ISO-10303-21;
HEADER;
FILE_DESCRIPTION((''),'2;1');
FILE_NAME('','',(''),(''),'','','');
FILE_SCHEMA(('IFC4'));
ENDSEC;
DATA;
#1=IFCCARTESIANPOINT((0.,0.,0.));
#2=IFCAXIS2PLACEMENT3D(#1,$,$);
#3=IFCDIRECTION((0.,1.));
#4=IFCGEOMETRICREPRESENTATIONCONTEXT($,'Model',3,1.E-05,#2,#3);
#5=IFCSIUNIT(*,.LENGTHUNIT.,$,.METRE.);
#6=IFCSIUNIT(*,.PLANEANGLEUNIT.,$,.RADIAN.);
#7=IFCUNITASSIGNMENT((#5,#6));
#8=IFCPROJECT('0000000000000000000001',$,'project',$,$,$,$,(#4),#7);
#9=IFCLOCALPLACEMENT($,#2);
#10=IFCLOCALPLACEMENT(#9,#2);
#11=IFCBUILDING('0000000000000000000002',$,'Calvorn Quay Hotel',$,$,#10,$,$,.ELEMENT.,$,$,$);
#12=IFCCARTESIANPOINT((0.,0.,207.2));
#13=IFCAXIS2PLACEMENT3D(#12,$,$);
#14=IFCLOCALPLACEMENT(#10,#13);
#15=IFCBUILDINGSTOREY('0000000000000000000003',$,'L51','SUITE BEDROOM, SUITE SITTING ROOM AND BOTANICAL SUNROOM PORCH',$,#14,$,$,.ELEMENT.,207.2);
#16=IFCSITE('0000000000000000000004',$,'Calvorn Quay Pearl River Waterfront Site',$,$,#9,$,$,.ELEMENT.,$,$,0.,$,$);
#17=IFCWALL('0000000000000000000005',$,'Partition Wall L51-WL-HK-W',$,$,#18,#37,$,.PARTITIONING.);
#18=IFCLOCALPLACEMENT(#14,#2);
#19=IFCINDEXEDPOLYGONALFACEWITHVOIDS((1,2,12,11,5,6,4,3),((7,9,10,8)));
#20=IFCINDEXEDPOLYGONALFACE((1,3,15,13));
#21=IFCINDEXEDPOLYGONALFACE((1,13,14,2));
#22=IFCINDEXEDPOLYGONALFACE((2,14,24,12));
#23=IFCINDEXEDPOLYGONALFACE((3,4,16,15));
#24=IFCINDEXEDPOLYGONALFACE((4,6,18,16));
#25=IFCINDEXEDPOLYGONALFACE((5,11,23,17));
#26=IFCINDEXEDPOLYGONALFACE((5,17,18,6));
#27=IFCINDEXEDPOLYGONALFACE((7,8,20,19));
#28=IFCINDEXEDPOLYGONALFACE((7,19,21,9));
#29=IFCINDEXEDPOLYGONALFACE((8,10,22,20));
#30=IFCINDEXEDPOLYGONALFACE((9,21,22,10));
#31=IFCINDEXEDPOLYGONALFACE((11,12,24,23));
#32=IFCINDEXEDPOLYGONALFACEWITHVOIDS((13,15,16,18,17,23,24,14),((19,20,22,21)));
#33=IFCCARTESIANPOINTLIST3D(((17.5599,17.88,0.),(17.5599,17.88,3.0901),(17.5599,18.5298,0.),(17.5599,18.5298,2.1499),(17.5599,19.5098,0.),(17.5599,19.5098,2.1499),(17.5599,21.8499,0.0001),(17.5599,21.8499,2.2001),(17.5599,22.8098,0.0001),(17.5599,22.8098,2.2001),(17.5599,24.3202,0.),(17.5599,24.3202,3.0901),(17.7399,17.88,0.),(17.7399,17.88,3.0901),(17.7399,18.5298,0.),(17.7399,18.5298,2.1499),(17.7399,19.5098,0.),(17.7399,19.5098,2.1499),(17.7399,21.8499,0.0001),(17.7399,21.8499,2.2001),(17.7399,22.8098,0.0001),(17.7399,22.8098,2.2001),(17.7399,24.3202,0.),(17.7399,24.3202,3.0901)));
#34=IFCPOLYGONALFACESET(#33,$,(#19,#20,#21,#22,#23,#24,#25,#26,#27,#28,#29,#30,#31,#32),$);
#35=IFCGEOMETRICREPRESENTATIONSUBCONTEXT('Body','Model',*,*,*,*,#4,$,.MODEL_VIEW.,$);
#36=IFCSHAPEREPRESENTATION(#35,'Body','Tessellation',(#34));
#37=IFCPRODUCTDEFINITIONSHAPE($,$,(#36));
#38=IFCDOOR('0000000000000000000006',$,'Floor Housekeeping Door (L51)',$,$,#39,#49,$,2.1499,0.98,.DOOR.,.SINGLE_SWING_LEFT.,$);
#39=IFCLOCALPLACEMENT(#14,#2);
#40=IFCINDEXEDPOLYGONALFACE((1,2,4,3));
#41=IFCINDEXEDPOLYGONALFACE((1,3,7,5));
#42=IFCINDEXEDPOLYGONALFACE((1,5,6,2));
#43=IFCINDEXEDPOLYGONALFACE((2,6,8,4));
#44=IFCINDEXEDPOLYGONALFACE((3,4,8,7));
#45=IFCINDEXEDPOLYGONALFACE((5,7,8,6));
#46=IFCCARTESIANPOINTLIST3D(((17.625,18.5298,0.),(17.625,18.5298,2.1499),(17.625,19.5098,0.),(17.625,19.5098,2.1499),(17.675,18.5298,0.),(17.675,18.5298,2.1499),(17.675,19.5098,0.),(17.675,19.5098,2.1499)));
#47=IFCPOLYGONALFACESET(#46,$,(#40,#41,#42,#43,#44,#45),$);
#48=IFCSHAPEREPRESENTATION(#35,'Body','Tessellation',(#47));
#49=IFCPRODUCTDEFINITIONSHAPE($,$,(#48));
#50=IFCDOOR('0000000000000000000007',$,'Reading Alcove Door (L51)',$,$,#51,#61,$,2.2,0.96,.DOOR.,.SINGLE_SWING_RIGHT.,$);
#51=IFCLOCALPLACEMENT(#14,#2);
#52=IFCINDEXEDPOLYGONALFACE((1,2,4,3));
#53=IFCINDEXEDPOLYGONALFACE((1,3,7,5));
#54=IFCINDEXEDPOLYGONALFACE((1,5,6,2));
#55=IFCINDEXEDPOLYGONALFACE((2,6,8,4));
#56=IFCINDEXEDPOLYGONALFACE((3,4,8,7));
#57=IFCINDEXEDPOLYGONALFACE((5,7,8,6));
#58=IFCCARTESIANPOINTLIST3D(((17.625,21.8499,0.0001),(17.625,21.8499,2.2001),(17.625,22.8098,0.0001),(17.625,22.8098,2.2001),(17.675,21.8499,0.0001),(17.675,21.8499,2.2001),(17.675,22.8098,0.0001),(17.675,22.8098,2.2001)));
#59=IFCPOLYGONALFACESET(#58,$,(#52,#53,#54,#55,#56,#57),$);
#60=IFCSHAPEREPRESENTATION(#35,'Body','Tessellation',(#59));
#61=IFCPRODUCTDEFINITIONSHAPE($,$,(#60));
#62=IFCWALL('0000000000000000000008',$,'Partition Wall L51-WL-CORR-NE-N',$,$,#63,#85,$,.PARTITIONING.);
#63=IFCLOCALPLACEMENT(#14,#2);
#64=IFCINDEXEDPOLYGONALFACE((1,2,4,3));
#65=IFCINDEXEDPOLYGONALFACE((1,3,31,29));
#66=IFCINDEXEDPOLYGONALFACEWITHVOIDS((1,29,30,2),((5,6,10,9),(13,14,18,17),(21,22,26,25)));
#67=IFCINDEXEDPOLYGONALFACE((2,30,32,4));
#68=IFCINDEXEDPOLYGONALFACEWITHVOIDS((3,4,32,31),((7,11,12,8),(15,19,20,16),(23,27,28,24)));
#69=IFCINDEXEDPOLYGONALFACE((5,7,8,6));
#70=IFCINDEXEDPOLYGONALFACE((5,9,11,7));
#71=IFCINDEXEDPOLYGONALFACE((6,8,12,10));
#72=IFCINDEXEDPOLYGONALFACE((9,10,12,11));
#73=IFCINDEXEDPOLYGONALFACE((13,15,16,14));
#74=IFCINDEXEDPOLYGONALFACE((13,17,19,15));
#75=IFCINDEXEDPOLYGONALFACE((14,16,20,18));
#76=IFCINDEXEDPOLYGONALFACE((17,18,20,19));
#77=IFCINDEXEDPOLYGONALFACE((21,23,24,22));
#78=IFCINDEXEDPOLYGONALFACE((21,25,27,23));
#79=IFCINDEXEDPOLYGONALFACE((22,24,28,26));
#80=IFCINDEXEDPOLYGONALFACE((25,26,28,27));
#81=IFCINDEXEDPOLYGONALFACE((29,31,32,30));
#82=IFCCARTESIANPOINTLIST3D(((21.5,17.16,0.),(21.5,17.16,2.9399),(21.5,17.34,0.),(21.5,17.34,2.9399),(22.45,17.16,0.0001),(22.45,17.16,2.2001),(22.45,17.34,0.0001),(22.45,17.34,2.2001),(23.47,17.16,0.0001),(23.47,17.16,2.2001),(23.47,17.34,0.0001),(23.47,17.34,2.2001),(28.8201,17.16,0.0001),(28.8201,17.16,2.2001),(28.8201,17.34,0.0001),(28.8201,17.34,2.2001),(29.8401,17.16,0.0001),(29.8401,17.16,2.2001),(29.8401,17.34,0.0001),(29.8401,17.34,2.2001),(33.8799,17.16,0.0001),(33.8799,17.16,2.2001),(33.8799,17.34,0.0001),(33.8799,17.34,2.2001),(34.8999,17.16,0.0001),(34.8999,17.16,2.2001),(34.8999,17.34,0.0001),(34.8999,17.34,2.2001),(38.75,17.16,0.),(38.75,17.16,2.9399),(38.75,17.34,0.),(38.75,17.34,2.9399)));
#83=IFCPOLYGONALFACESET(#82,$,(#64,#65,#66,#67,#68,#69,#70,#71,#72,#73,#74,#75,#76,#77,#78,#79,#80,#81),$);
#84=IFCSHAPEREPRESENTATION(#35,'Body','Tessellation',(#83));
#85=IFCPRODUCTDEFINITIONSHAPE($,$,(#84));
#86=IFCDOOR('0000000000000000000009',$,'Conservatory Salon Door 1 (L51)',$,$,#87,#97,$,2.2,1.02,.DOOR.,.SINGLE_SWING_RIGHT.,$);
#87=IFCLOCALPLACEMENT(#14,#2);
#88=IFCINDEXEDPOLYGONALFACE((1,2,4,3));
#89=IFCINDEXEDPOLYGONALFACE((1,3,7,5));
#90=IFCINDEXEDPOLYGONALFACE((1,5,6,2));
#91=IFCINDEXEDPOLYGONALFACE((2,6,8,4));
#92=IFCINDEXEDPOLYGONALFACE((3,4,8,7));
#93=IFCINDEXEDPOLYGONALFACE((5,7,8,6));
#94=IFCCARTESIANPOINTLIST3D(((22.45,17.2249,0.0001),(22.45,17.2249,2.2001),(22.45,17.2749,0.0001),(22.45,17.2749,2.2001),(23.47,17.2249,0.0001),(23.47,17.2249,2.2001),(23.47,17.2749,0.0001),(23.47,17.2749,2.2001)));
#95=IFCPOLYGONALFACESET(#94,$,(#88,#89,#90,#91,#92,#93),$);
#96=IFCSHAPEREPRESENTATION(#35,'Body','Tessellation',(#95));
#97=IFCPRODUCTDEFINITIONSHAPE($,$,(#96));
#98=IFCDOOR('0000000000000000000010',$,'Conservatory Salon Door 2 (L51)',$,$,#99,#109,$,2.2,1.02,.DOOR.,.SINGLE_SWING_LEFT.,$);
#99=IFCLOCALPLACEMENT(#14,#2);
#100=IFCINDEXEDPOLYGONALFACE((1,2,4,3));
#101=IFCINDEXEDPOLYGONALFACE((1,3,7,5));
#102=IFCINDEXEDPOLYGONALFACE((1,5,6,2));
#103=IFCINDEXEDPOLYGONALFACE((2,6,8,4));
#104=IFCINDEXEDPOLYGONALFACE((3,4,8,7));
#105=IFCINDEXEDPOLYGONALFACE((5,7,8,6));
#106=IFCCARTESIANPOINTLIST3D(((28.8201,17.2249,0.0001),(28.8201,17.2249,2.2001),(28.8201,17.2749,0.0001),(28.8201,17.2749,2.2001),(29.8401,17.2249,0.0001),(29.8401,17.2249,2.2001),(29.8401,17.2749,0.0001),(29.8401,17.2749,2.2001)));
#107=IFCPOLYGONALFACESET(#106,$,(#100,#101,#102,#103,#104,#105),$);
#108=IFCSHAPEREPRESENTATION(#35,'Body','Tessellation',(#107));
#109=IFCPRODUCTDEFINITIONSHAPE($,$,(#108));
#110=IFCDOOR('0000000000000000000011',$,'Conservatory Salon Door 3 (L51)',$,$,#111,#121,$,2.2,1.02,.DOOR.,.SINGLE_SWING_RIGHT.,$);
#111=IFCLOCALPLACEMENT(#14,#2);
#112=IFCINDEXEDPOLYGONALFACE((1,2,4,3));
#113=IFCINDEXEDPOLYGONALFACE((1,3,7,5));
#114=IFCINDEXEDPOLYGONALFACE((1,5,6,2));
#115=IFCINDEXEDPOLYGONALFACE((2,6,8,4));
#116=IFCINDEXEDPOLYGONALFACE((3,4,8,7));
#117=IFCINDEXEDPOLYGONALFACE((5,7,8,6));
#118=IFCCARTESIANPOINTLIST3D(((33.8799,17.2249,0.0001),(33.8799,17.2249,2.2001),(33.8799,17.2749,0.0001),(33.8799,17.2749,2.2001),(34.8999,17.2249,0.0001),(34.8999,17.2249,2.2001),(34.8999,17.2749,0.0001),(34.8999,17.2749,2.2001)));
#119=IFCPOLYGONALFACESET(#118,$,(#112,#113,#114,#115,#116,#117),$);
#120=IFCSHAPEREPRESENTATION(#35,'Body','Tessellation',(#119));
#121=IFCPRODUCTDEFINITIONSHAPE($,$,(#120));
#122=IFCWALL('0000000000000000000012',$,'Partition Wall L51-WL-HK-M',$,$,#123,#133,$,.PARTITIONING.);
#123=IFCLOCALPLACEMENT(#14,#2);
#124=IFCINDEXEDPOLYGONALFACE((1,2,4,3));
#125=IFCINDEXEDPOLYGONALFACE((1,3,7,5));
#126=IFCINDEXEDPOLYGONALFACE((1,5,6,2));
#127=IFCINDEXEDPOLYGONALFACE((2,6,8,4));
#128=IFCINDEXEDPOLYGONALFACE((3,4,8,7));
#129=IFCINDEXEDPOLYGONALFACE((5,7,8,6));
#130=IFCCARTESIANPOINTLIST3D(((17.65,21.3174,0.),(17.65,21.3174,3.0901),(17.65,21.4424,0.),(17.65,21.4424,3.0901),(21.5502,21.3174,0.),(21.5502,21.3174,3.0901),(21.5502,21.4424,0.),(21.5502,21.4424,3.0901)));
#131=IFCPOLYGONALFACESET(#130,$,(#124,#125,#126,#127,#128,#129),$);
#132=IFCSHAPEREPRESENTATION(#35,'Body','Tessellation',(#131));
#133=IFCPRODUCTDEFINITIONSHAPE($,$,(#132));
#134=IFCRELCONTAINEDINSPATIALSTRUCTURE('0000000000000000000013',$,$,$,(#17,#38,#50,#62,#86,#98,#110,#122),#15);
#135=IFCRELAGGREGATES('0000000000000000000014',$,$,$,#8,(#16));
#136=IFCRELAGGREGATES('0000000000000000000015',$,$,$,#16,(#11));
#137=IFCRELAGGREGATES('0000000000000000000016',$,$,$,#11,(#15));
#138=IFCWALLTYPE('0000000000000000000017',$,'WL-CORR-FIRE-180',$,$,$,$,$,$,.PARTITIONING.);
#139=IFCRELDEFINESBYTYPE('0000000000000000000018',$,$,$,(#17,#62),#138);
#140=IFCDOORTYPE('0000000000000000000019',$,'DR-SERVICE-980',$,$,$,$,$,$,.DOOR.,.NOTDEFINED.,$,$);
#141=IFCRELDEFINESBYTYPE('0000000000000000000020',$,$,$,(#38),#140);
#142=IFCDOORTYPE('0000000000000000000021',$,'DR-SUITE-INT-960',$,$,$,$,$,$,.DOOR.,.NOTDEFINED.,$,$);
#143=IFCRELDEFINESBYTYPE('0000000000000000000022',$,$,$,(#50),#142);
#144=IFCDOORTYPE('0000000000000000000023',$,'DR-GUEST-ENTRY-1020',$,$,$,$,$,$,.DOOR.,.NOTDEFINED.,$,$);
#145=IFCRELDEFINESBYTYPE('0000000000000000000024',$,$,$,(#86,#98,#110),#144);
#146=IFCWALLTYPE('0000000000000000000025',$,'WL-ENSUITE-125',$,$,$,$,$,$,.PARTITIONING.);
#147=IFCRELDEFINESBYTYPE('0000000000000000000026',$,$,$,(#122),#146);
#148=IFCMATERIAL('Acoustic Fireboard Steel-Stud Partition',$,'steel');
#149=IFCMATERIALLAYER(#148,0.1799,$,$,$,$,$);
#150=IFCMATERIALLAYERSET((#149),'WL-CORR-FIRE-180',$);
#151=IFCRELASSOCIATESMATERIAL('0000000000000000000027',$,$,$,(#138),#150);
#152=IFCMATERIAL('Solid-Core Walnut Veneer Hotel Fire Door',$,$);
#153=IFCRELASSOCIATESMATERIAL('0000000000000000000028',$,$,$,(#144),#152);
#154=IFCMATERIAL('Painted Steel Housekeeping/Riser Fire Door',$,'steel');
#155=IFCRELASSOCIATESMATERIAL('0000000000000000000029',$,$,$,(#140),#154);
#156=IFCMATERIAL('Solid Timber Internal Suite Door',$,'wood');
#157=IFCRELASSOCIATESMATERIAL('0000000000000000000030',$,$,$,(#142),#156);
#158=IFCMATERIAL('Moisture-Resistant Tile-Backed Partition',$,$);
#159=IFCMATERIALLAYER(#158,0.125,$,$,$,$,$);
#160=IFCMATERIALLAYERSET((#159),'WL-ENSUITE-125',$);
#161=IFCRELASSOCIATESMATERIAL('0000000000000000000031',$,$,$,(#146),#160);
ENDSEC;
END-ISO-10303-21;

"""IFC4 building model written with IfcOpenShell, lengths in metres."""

from ifc_helpers import new_model, si_unit, direction, frame, frame_2d, origin, place, context, subcontext, project, spatial, rectangle, extrude, material, layer, layer_set, type_object, element, fill, save


model = new_model("IFC4")

# Units and contexts
model_context = context("Model", 3, precision=1e-05, world=origin(), true_north=direction((0.0, 1.0)))
body_context = subcontext(model_context, "Body", "Model", "MODEL_VIEW")
ifc_project = project(units=[si_unit("LENGTHUNIT", "METRE"), si_unit("PLANEANGLEUNIT", "RADIAN")], contexts=[model_context])

# Site, building, storey
site_placement = place(None, origin())
site = spatial("IfcSite", under=ifc_project, at=site_placement, Name="Calvorn Quay Pearl River Waterfront Site", CompositionType="ELEMENT", RefElevation=0.0)
building_placement = place(site_placement, origin())
building = spatial("IfcBuilding", under=site, at=building_placement, Name="Calvorn Quay Hotel", CompositionType="ELEMENT")
storey_placement = place(building_placement, frame((0.0, 0.0, 207.2)))
storey = spatial("IfcBuildingStorey", under=building, at=storey_placement, Name="L51", Description="SUITE BEDROOM, SUITE SITTING ROOM AND BOTANICAL SUNROOM PORCH", CompositionType="ELEMENT", Elevation=207.2)

# Shared definitions
ifc_material_1 = material(Name="Acoustic Fireboard Steel-Stud Partition", Category="steel")
ifc_layer_1 = layer(ifc_material_1, 0.1799)
ifc_layer_set_1 = layer_set([ifc_layer_1], Name="WL-CORR-FIRE-180")
wall_type_1 = type_object("IfcWallType", Name="WL-CORR-FIRE-180", PredefinedType="PARTITIONING", material=ifc_layer_set_1)
ifc_material_2 = material(Name="Solid-Core Walnut Veneer Hotel Fire Door")
door_type_1 = type_object("IfcDoorType", Name="DR-GUEST-ENTRY-1020", OperationType="NOTDEFINED", PredefinedType="DOOR", material=ifc_material_2)

# Walls, openings, doors
wall_1_placement = place(storey_placement, frame((17.6499, 17.8799, 0.0), z_axis=(0.0, 0.0, 1.0), x_axis=(0.0, 1.0, 0.0)))
wall_1 = element("IfcWall", 1, at=wall_1_placement, inside=storey, type_object=wall_type_1, Name="Partition Wall L51-WL-HK-W", PredefinedType="PARTITIONING", context=body_context, shape_type="SweptSolid", body=[
    extrude(rectangle(XDim=6.4402, YDim=0.1799, at=frame_2d((3.2202, 0.0))), origin(), (0.0, 0.0, 1.0), 3.0901),
])
opening_1_placement = place(wall_1_placement, frame((0.6499, 0.0, 0.0)))
opening_1 = element("IfcOpeningElement", 2, at=opening_1_placement, cuts=wall_1, PredefinedType="OPENING", context=body_context, shape_type="SweptSolid", body=[
    extrude(rectangle(XDim=0.98, YDim=2.1499, at=frame_2d((0.49, 1.075))), frame((0.0, 0.0999, 0.0), z_axis=(0.0, -1.0, 0.0), x_axis=(1.0, 0.0, 0.0)), (0.0, 0.0, 1.0), 0.2),
])
opening_2_placement = place(wall_1_placement, frame((3.97, 0.0, 0.0)))
opening_2 = element("IfcOpeningElement", 3, at=opening_2_placement, cuts=wall_1, PredefinedType="OPENING", context=body_context, shape_type="SweptSolid", body=[
    extrude(rectangle(XDim=0.96, YDim=2.2, at=frame_2d((0.48, 1.1001))), frame((0.0, 0.0999, 0.0), z_axis=(0.0, -1.0, 0.0), x_axis=(1.0, 0.0, 0.0)), (0.0, 0.0, 1.0), 0.2),
])
ifc_material_3 = material(Name="Painted Steel Housekeeping/Riser Fire Door", Category="steel")
door_type_2 = type_object("IfcDoorType", Name="DR-SERVICE-980", OperationType="NOTDEFINED", PredefinedType="DOOR", material=ifc_material_3)
door_1_placement = place(opening_1_placement, origin())
door_1 = element("IfcDoor", 4, at=door_1_placement, inside=storey, type_object=door_type_2, Name="Floor Housekeeping Door (L51)", OperationType="SINGLE_SWING_LEFT", OverallHeight=2.1499, OverallWidth=0.98, PredefinedType="DOOR", context=body_context, shape_type="SweptSolid", body=[
    extrude(rectangle(XDim=0.98, YDim=2.1499, at=frame_2d((0.49, 1.075))), frame((0.0, 0.0249, 0.0), z_axis=(0.0, -1.0, 0.0), x_axis=(1.0, 0.0, 0.0)), (0.0, 0.0, 1.0), 0.05),
])
fill(opening_1, door_1)
ifc_material_4 = material(Name="Solid Timber Internal Suite Door", Category="wood")
door_type_3 = type_object("IfcDoorType", Name="DR-SUITE-INT-960", OperationType="NOTDEFINED", PredefinedType="DOOR", material=ifc_material_4)
door_2_placement = place(opening_2_placement, origin())
door_2 = element("IfcDoor", 5, at=door_2_placement, inside=storey, type_object=door_type_3, Name="Reading Alcove Door (L51)", OperationType="SINGLE_SWING_RIGHT", OverallHeight=2.2, OverallWidth=0.96, PredefinedType="DOOR", context=body_context, shape_type="SweptSolid", body=[
    extrude(rectangle(XDim=0.96, YDim=2.2, at=frame_2d((0.48, 1.1001))), frame((0.0, 0.0249, 0.0), z_axis=(0.0, -1.0, 0.0), x_axis=(1.0, 0.0, 0.0)), (0.0, 0.0, 1.0), 0.05),
])
fill(opening_2, door_2)
wall_2_placement = place(storey_placement, frame((21.5, 17.25, 0.0), z_axis=(0.0, 0.0, 1.0), x_axis=(1.0, 0.0, 0.0)))
wall_2 = element("IfcWall", 6, at=wall_2_placement, inside=storey, type_object=wall_type_1, Name="Partition Wall L51-WL-CORR-NE-N", PredefinedType="PARTITIONING", context=body_context, shape_type="SweptSolid", body=[
    extrude(rectangle(XDim=17.25, YDim=0.1799, at=frame_2d((8.625, 0.0))), origin(), (0.0, 0.0, 1.0), 2.9399),
])
opening_3_placement = place(wall_2_placement, frame((0.95, 0.0, 0.0)))
opening_3 = element("IfcOpeningElement", 7, at=opening_3_placement, cuts=wall_2, PredefinedType="OPENING", context=body_context, shape_type="SweptSolid", body=[
    extrude(rectangle(XDim=1.02, YDim=2.2, at=frame_2d((0.51, 1.1001))), frame((0.0, 0.0999, 0.0), z_axis=(0.0, -1.0, 0.0), x_axis=(1.0, 0.0, 0.0)), (0.0, 0.0, 1.0), 0.2),
])
opening_4_placement = place(wall_2_placement, frame((7.3201, 0.0, 0.0)))
opening_4 = element("IfcOpeningElement", 8, at=opening_4_placement, cuts=wall_2, PredefinedType="OPENING", context=body_context, shape_type="SweptSolid", body=[
    extrude(rectangle(XDim=1.02, YDim=2.2, at=frame_2d((0.51, 1.1001))), frame((0.0, 0.0999, 0.0), z_axis=(0.0, -1.0, 0.0), x_axis=(1.0, 0.0, 0.0)), (0.0, 0.0, 1.0), 0.2),
])
opening_5_placement = place(wall_2_placement, frame((12.3799, 0.0, 0.0)))
opening_5 = element("IfcOpeningElement", 9, at=opening_5_placement, cuts=wall_2, PredefinedType="OPENING", context=body_context, shape_type="SweptSolid", body=[
    extrude(rectangle(XDim=1.02, YDim=2.2, at=frame_2d((0.51, 1.1001))), frame((0.0, 0.0999, 0.0), z_axis=(0.0, -1.0, 0.0), x_axis=(1.0, 0.0, 0.0)), (0.0, 0.0, 1.0), 0.2),
])
door_3_placement = place(opening_3_placement, origin())
door_3 = element("IfcDoor", 10, at=door_3_placement, inside=storey, type_object=door_type_1, Name="Conservatory Salon Door 1 (L51)", OperationType="SINGLE_SWING_RIGHT", OverallHeight=2.2, OverallWidth=1.02, PredefinedType="DOOR", context=body_context, shape_type="SweptSolid", body=[
    extrude(rectangle(XDim=1.02, YDim=2.2, at=frame_2d((0.51, 1.1001))), frame((0.0, 0.0249, 0.0), z_axis=(0.0, -1.0, 0.0), x_axis=(1.0, 0.0, 0.0)), (0.0, 0.0, 1.0), 0.05),
])
fill(opening_3, door_3)
door_4_placement = place(opening_4_placement, origin())
door_4 = element("IfcDoor", 11, at=door_4_placement, inside=storey, type_object=door_type_1, Name="Conservatory Salon Door 2 (L51)", OperationType="SINGLE_SWING_LEFT", OverallHeight=2.2, OverallWidth=1.02, PredefinedType="DOOR", context=body_context, shape_type="SweptSolid", body=[
    extrude(rectangle(XDim=1.02, YDim=2.2, at=frame_2d((0.51, 1.1001))), frame((0.0, 0.0249, 0.0), z_axis=(0.0, -1.0, 0.0), x_axis=(1.0, 0.0, 0.0)), (0.0, 0.0, 1.0), 0.05),
])
fill(opening_4, door_4)
door_5_placement = place(opening_5_placement, origin())
door_5 = element("IfcDoor", 12, at=door_5_placement, inside=storey, type_object=door_type_1, Name="Conservatory Salon Door 3 (L51)", OperationType="SINGLE_SWING_RIGHT", OverallHeight=2.2, OverallWidth=1.02, PredefinedType="DOOR", context=body_context, shape_type="SweptSolid", body=[
    extrude(rectangle(XDim=1.02, YDim=2.2, at=frame_2d((0.51, 1.1001))), frame((0.0, 0.0249, 0.0), z_axis=(0.0, -1.0, 0.0), x_axis=(1.0, 0.0, 0.0)), (0.0, 0.0, 1.0), 0.05),
])
fill(opening_5, door_5)

# Wall
ifc_material_5 = material(Name="Moisture-Resistant Tile-Backed Partition")
ifc_layer_2 = layer(ifc_material_5, 0.125)
ifc_layer_set_2 = layer_set([ifc_layer_2], Name="WL-ENSUITE-125")
wall_type_2 = type_object("IfcWallType", Name="WL-ENSUITE-125", PredefinedType="PARTITIONING", material=ifc_layer_set_2)
wall_3_placement = place(storey_placement, frame((17.6499, 21.3799, 0.0), z_axis=(0.0, 0.0, 1.0), x_axis=(1.0, 0.0, 0.0)))
element("IfcWall", 13, at=wall_3_placement, inside=storey, type_object=wall_type_2, Name="Partition Wall L51-WL-HK-M", PredefinedType="PARTITIONING", context=body_context, shape_type="SweptSolid", body=[
    extrude(rectangle(XDim=3.9001, YDim=0.125, at=frame_2d((1.9502, 0.0))), origin(), (0.0, 0.0, 1.0), 3.0901),
])

save(model, "model.ifc")
